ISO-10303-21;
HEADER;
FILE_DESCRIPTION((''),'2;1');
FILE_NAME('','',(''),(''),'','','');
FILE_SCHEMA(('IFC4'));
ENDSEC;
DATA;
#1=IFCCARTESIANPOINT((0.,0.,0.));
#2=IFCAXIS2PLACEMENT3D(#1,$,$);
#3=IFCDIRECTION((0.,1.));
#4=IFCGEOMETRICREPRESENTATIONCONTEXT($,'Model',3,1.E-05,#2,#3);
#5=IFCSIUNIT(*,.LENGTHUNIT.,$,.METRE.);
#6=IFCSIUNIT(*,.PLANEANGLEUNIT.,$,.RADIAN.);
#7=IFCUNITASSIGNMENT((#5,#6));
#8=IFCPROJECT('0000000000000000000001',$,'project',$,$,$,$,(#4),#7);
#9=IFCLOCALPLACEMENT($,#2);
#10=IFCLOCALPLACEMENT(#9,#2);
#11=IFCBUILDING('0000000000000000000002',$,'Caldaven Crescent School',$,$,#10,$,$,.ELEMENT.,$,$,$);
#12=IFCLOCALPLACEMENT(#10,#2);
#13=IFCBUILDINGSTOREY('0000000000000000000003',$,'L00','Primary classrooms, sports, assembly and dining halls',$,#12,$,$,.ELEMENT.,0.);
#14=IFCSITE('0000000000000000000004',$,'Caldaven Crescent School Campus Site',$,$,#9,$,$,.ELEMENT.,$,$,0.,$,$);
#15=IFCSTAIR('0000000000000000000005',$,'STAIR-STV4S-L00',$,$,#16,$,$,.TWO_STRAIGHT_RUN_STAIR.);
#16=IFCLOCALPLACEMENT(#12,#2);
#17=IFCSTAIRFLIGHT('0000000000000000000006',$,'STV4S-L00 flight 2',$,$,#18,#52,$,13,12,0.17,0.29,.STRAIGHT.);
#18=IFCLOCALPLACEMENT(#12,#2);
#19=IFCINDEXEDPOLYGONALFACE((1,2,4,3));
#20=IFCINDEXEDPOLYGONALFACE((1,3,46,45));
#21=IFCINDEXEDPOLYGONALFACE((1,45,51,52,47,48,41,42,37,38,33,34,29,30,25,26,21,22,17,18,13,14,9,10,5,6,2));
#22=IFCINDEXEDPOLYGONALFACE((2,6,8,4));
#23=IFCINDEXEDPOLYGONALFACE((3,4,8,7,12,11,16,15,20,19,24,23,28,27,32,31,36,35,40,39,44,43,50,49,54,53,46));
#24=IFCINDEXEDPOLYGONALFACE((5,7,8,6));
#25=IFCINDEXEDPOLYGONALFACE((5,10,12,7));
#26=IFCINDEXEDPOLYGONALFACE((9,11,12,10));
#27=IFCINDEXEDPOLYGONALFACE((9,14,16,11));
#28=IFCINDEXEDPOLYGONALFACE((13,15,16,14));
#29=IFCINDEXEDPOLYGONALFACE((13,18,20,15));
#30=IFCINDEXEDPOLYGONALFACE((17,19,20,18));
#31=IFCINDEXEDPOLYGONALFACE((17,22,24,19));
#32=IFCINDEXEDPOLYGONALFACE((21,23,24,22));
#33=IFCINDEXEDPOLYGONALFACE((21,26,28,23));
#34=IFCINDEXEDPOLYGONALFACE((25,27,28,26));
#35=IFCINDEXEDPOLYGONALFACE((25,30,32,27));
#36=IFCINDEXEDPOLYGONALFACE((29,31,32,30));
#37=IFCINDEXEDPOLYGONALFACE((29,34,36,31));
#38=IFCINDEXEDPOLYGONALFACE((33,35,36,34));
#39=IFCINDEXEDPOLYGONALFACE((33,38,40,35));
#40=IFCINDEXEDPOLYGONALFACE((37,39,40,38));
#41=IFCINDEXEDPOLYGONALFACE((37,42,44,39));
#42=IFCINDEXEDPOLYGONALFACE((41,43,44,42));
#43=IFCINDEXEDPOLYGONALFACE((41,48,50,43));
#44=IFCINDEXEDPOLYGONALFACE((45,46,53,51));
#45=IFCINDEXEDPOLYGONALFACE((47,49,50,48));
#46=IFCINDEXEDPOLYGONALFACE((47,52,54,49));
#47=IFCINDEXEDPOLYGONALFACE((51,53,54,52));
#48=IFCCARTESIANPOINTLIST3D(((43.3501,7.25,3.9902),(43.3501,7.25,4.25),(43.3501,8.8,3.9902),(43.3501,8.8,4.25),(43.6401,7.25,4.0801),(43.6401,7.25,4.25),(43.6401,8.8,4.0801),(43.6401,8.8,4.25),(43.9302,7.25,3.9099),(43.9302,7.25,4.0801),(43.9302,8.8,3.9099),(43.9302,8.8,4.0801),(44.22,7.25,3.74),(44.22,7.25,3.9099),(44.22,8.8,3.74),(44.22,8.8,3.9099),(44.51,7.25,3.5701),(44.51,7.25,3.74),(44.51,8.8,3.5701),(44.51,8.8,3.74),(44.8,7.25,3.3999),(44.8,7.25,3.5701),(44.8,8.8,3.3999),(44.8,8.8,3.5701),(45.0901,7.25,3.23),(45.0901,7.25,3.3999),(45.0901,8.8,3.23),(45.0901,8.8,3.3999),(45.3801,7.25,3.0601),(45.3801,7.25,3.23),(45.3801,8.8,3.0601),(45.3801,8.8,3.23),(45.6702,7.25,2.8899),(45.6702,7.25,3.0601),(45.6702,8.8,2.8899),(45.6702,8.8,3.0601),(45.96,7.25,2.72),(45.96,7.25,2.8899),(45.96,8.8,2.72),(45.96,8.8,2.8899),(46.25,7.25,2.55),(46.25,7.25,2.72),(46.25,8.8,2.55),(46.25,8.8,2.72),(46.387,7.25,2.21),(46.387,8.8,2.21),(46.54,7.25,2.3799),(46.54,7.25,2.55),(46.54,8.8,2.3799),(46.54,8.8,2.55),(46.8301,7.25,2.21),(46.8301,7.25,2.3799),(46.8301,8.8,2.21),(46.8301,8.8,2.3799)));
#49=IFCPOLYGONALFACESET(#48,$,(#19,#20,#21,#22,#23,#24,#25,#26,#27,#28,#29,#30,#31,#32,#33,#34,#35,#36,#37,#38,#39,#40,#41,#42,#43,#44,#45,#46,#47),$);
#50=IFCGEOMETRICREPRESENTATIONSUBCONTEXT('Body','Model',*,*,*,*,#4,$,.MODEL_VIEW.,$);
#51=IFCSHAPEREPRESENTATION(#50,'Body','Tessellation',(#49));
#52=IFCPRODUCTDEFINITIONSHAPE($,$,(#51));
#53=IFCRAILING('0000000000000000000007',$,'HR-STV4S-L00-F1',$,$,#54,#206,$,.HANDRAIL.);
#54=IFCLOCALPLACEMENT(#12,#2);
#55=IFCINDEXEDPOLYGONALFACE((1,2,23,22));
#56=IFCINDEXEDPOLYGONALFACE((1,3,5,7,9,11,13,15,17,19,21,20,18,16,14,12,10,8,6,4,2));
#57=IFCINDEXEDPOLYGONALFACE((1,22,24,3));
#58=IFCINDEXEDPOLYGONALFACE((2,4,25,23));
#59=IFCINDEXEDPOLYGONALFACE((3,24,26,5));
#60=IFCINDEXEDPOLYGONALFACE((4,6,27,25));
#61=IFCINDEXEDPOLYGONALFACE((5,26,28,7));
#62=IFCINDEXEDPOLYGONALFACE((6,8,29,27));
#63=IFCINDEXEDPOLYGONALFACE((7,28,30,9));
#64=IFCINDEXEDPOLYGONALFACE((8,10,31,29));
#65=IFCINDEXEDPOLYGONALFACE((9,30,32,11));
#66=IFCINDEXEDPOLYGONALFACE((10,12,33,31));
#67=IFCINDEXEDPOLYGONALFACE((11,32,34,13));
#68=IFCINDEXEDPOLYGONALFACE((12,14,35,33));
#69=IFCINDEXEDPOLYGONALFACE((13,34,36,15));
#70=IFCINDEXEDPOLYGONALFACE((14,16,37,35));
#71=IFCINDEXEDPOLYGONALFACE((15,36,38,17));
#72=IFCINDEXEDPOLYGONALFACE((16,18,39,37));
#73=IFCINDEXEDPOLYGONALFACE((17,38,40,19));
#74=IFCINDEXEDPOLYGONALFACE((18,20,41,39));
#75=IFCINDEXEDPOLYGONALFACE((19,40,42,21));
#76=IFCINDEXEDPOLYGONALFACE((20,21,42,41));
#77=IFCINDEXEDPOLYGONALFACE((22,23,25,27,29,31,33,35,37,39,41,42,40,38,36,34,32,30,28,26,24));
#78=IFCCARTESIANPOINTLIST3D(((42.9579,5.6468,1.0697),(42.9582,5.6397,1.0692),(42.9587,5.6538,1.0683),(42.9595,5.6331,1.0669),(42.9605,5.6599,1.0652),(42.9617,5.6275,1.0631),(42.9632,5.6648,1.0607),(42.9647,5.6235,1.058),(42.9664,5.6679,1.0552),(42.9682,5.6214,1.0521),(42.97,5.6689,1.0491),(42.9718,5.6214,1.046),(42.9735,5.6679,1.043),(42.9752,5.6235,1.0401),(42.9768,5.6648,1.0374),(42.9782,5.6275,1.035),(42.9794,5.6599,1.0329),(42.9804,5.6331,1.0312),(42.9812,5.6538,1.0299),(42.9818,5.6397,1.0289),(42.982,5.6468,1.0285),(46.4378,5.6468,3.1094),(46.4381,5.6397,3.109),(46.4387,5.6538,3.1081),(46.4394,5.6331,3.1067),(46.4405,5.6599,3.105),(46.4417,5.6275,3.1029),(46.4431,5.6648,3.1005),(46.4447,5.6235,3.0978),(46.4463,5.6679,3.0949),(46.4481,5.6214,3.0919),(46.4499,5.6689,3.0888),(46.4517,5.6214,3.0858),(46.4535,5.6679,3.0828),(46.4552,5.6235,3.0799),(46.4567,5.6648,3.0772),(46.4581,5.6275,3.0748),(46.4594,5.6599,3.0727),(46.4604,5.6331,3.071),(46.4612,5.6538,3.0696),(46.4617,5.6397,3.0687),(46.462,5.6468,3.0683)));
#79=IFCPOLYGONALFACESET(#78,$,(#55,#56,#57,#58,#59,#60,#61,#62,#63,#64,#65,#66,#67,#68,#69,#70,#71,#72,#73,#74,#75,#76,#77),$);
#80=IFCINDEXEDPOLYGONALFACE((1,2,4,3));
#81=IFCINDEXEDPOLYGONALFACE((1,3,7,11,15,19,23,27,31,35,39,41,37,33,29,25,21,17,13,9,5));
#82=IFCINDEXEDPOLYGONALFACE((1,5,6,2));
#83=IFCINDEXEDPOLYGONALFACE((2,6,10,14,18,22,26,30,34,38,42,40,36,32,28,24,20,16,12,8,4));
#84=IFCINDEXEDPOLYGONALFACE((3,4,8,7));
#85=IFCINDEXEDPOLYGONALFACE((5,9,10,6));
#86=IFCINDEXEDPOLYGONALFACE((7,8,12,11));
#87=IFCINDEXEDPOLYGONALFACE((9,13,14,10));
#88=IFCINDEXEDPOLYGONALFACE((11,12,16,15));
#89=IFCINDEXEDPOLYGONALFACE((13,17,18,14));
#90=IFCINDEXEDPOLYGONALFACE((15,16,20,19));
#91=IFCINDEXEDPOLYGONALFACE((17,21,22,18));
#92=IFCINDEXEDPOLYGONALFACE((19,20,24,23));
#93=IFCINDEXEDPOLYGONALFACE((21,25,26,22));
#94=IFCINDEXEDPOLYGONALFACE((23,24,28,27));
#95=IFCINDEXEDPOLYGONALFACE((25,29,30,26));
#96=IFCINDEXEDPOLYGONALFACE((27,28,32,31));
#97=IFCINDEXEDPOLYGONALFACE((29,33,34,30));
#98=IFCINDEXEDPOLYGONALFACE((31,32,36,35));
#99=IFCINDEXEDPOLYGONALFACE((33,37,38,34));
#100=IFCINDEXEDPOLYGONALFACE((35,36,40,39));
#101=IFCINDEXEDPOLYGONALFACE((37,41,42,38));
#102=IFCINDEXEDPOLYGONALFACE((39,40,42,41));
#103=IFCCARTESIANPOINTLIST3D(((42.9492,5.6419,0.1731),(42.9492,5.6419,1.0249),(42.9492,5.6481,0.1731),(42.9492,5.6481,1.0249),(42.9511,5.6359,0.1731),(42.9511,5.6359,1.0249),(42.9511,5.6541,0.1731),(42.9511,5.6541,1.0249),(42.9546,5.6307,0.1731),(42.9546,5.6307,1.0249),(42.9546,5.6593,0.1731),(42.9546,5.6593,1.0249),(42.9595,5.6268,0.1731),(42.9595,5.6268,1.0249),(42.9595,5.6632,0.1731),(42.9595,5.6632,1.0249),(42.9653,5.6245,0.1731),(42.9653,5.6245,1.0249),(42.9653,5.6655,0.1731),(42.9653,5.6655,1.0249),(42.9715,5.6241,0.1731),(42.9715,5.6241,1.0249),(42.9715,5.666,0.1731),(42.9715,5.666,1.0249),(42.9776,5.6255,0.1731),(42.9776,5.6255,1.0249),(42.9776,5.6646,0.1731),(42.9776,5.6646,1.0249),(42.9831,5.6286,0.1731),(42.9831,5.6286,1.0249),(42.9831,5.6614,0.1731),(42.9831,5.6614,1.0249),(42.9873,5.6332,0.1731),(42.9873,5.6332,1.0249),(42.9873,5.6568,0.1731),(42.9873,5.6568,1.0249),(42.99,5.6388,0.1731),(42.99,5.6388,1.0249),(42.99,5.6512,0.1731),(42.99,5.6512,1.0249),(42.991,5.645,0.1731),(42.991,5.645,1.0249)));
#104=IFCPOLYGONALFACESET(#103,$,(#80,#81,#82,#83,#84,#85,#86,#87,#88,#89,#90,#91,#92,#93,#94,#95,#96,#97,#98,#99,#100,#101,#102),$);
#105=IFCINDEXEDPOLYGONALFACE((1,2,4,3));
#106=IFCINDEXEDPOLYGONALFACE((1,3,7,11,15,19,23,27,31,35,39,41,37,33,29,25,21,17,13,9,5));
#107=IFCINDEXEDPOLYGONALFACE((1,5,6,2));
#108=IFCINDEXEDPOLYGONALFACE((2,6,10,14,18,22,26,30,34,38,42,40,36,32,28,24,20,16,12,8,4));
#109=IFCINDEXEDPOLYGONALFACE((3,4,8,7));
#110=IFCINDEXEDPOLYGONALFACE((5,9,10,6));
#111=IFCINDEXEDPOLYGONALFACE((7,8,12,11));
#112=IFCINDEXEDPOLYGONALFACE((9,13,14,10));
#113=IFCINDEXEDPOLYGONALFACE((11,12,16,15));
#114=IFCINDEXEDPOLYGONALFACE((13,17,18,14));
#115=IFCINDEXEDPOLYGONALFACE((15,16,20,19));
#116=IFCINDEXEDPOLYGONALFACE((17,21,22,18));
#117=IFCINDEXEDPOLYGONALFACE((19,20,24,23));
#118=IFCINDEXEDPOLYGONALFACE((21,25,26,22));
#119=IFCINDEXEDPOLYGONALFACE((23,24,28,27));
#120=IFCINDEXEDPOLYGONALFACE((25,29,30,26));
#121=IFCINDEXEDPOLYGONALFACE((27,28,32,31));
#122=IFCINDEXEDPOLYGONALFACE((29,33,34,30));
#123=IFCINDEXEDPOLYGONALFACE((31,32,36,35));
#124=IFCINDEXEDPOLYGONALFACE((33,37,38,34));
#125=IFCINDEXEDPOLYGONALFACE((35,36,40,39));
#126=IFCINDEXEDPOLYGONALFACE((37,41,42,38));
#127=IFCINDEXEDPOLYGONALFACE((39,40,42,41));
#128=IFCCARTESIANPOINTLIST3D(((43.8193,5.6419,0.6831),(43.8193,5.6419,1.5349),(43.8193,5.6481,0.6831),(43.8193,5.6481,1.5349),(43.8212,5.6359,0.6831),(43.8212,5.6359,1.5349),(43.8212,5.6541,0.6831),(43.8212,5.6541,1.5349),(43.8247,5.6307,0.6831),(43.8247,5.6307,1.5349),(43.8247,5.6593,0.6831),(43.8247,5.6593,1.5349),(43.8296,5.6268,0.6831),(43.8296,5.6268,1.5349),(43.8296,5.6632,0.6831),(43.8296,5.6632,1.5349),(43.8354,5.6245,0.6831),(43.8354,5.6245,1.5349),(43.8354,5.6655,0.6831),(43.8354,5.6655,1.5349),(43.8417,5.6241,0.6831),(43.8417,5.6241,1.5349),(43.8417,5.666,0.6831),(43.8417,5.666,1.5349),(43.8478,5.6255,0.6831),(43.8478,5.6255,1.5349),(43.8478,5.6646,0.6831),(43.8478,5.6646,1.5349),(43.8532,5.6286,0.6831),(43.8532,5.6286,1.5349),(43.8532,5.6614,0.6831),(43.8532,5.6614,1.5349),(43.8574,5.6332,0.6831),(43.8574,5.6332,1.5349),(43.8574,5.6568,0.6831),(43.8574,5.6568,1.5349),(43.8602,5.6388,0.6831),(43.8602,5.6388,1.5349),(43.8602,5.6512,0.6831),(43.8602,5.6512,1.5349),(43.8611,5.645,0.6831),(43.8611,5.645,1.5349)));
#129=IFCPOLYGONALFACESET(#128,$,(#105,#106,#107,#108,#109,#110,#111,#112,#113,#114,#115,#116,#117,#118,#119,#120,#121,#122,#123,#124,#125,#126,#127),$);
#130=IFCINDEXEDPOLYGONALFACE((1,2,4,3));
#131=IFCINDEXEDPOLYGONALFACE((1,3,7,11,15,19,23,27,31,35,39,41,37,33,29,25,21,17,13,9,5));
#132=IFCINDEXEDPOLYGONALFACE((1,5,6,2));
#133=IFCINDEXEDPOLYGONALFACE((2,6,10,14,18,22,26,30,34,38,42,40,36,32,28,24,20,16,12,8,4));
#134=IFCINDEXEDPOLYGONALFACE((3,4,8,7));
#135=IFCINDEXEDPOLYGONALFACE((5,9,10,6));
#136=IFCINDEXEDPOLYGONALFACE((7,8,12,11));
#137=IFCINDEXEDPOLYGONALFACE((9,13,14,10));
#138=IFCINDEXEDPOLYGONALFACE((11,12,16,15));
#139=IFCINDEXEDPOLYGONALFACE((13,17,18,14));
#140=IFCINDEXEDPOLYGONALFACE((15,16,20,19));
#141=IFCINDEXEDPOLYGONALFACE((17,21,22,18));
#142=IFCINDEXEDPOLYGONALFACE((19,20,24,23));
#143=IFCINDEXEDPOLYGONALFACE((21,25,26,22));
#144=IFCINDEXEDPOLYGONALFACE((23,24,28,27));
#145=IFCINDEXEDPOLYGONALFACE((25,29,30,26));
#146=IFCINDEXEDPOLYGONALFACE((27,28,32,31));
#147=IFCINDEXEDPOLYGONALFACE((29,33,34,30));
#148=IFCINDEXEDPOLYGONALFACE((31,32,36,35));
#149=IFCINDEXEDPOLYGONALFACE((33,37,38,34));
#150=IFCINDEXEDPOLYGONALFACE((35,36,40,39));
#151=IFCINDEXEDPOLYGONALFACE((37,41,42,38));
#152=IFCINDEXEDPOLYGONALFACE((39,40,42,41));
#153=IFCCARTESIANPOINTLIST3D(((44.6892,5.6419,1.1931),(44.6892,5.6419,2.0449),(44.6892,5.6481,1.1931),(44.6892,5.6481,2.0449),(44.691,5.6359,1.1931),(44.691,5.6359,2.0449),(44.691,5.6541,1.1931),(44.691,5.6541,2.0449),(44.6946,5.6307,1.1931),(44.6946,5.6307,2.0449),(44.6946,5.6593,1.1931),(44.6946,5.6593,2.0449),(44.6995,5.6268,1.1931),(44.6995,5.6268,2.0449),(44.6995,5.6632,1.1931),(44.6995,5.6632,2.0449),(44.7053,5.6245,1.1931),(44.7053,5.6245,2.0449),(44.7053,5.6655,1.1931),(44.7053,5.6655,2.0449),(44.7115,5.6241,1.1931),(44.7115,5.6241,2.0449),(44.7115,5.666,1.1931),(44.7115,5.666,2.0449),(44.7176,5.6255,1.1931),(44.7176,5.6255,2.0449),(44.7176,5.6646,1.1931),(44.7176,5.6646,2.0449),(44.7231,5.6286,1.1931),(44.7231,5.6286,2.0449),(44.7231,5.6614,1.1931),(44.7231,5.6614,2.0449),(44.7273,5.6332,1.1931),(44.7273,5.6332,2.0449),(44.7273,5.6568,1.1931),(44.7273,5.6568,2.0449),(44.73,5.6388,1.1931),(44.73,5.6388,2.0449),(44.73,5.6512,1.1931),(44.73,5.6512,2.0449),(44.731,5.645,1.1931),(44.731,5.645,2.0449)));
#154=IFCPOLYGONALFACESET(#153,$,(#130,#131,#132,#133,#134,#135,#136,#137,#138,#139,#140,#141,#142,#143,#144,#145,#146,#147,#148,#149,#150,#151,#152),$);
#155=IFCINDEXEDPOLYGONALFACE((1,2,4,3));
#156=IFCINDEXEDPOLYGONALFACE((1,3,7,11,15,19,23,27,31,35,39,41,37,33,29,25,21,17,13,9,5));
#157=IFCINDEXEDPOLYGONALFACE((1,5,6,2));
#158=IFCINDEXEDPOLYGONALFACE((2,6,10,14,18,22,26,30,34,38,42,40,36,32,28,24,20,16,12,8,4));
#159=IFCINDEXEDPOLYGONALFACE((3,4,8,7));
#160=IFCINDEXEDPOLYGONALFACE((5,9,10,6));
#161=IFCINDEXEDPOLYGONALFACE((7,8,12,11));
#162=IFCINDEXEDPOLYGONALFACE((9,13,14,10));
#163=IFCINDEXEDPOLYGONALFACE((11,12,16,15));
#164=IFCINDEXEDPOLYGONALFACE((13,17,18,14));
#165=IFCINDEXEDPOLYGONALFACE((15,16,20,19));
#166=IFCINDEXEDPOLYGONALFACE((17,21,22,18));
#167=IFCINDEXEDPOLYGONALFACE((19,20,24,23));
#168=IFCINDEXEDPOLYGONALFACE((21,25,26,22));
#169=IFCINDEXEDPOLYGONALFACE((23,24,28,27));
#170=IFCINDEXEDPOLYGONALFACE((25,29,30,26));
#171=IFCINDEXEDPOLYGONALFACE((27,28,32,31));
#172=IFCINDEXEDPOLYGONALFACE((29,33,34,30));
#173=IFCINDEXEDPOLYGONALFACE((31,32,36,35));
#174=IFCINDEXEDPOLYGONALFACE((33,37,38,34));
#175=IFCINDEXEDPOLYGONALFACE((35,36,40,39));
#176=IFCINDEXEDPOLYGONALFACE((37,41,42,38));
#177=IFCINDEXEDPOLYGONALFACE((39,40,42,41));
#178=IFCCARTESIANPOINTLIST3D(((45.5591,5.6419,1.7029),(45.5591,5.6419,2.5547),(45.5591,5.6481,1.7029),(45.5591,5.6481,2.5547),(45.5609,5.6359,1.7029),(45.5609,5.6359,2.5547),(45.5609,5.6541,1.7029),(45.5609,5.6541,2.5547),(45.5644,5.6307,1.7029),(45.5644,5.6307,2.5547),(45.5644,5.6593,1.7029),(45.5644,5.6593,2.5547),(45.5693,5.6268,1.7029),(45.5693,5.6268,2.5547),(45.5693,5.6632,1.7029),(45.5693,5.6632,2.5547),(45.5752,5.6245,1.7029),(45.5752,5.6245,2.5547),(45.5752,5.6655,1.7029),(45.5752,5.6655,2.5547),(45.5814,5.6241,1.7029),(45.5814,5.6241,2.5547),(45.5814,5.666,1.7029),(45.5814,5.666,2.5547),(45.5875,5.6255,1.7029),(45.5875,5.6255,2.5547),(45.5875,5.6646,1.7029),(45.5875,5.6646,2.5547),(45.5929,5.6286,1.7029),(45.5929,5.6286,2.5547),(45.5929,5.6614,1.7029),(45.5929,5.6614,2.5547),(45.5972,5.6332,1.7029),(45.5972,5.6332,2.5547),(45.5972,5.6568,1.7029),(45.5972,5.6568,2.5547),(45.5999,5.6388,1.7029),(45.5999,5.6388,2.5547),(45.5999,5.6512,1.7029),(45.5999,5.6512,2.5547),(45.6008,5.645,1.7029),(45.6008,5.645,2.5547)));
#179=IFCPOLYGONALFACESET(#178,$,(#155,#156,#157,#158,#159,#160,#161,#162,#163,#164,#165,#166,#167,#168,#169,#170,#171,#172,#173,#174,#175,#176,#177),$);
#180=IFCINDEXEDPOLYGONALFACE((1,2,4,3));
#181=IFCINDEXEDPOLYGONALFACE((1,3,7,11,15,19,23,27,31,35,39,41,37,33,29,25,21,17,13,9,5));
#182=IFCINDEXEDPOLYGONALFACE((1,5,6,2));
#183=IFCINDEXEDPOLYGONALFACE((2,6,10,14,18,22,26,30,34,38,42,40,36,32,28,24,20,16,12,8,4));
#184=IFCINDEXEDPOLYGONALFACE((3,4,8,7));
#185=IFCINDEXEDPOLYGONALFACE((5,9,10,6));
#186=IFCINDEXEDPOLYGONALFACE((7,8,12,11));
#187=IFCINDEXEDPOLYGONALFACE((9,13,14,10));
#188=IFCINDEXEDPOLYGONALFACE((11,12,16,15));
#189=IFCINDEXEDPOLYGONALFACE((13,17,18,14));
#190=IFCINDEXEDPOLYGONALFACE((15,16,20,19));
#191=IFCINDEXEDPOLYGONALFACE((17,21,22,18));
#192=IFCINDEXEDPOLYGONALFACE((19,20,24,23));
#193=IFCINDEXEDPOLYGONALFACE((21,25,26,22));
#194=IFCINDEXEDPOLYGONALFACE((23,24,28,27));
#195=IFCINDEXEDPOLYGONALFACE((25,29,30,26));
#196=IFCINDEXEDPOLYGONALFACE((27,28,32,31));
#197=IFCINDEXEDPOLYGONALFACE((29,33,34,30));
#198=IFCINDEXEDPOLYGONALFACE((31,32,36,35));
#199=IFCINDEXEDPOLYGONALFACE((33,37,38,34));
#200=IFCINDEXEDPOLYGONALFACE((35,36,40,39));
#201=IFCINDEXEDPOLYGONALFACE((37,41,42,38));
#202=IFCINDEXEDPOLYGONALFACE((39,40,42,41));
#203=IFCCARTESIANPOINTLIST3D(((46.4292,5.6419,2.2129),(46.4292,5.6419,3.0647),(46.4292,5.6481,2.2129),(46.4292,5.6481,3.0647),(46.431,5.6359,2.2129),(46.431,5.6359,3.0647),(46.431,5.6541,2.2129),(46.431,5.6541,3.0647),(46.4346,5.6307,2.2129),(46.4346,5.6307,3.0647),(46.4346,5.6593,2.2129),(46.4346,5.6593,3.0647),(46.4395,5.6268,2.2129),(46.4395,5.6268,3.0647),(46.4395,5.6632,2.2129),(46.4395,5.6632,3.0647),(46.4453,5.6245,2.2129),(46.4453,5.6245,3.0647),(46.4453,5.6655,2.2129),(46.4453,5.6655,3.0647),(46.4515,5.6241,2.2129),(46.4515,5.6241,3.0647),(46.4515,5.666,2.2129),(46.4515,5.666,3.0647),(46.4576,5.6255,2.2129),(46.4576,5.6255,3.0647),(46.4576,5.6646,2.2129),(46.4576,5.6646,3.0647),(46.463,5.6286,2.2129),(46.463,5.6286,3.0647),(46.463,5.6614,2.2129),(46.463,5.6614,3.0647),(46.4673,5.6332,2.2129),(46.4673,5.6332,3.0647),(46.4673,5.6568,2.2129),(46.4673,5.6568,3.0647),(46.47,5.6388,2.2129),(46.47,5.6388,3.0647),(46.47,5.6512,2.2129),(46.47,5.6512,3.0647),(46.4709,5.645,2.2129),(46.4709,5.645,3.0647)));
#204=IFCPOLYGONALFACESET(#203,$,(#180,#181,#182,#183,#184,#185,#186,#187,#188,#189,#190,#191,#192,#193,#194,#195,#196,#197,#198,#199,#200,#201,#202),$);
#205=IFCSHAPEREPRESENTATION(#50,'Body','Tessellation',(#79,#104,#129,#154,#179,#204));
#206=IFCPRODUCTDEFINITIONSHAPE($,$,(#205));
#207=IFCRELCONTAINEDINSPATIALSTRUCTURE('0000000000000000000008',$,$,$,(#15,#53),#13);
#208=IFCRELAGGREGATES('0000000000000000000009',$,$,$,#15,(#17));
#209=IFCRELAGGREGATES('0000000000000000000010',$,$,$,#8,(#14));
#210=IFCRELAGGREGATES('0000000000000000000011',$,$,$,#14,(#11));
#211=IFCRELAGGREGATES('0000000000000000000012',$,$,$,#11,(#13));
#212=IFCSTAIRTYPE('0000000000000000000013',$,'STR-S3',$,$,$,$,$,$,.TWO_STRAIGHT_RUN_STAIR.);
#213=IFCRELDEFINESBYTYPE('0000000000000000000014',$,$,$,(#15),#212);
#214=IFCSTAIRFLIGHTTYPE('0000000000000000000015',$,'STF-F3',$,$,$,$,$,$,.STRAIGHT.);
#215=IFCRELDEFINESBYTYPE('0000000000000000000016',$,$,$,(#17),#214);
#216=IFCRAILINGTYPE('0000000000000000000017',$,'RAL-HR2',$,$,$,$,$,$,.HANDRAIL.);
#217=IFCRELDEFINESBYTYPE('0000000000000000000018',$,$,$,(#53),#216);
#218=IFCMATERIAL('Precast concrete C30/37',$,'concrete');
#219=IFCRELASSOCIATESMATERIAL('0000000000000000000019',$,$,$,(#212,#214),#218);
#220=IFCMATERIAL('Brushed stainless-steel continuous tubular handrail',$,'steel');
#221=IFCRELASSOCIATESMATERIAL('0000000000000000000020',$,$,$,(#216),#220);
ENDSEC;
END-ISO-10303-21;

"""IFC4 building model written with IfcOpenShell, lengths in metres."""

from ifc_helpers import new_model, si_unit, direction, frame, origin, origin_2d, place, context, subcontext, project, spatial, polyline, circle, outline, extrude, material, type_object, element, aggregate, save


model = new_model("IFC4")

# Units and contexts
model_context = context("Model", 3, precision=1e-05, world=origin(), true_north=direction((0.0, 1.0)))
body_context = subcontext(model_context, "Body", "Model", "MODEL_VIEW")
ifc_project = project(units=[si_unit("LENGTHUNIT", "METRE"), si_unit("PLANEANGLEUNIT", "RADIAN")], contexts=[model_context])

# Site, building, storey
site_placement = place(None, origin())
site = spatial("IfcSite", under=ifc_project, at=site_placement, Name="Caldaven Crescent School Campus Site", CompositionType="ELEMENT", RefElevation=0.0)
building_placement = place(site_placement, origin())
building = spatial("IfcBuilding", under=site, at=building_placement, Name="Caldaven Crescent School", CompositionType="ELEMENT")
storey_placement = place(building_placement, origin())
storey = spatial("IfcBuildingStorey", under=building, at=storey_placement, Name="L00", Description="Primary classrooms, sports, assembly and dining halls", CompositionType="ELEMENT", Elevation=0.0)

# Stair, stair flight
ifc_material_1 = material(Name="Precast concrete C30/37", Category="concrete")
stair_type = type_object("IfcStairType", Name="STR-S3", PredefinedType="TWO_STRAIGHT_RUN_STAIR", material=ifc_material_1)
stair_placement = place(storey_placement, origin())
stair = element("IfcStair", 1, at=stair_placement, inside=storey, type_object=stair_type, Name="STAIR-STV4S-L00", PredefinedType="TWO_STRAIGHT_RUN_STAIR")
stair_flight_type = type_object("IfcStairFlightType", Name="STF-F3", PredefinedType="STRAIGHT", material=ifc_material_1)
stair_flight_1_placement = place(storey_placement, frame((46.8301, 8.0249, 2.21), z_axis=(0.0, 0.0, 1.0), x_axis=(-1.0, 0.0, 0.0)))
stair_flight_1 = element("IfcStairFlight", 2, at=stair_flight_1_placement, type_object=stair_flight_type, Name="STV4S-L00 flight 2", NumberOfRisers=13, NumberOfTreads=12, PredefinedType="STRAIGHT", RiserHeight=0.17, TreadLength=0.29, context=body_context, shape_type="SweptSolid", body=[
    extrude(outline(polyline([(0.0, 0.0), (0.0, 0.1699), (0.29, 0.1699), (0.29, 0.3401), (0.5801, 0.3401), (0.5801, 0.51), (0.8701, 0.51), (0.8701, 0.6799), (1.1599, 0.6799), (1.1599, 0.8501), (1.45, 0.8501), (1.45, 1.02), (1.74, 1.02), (1.74, 1.1899), (2.03, 1.1899), (2.03, 1.3601), (2.3201, 1.3601), (2.3201, 1.53), (2.6101, 1.53), (2.6101, 1.7), (2.8999, 1.7), (2.8999, 1.8701), (3.1899, 1.8701), (3.1899, 2.04), (3.48, 2.04), (3.48, 2.21), (3.48, 1.7803), (0.4431, 0.0), (0.0, 0.0)])), frame((0.0, 0.7749, 0.0), z_axis=(0.0, -1.0, 0.0), x_axis=(1.0, 0.0, 0.0)), (0.0, 0.0, 1.0), 1.55),
])
aggregate(stair, [stair_flight_1])

# Railing
ifc_material_2 = material(Name="Brushed stainless-steel continuous tubular handrail", Category="steel")
railing_type_1 = type_object("IfcRailingType", Name="RAL-HR2", PredefinedType="HANDRAIL", material=ifc_material_2)
railing_1_placement = place(storey_placement, frame((42.97, 5.645, 0.1731)))
element("IfcRailing", 3, at=railing_1_placement, inside=storey, type_object=railing_type_1, Name="HR-STV4S-L00-F1", PredefinedType="HANDRAIL", context=body_context, shape_type="SweptSolid", body=[
    extrude(circle(Radius=0.0239, at=origin_2d()), frame((0.0, 0.0, 0.876), z_axis=(0.862719, 0.0, 0.505684), x_axis=(0.0, 1.0, 0.0)), (0.0, 0.0, 1.0), 4.0337),
    extrude(circle(Radius=0.021, at=origin_2d()), origin(), (0.0, 0.0, 1.0), 0.8518),
    extrude(circle(Radius=0.021, at=origin_2d()), frame((0.8701, 0.0, 0.51)), (0.0, 0.0, 1.0), 0.8518),
    extrude(circle(Radius=0.021, at=origin_2d()), frame((1.74, 0.0, 1.02)), (0.0, 0.0, 1.0), 0.8518),
    extrude(circle(Radius=0.021, at=origin_2d()), frame((2.6099, 0.0, 1.5298)), (0.0, 0.0, 1.0), 0.8518),
    extrude(circle(Radius=0.021, at=origin_2d()), frame((3.48, 0.0, 2.0398)), (0.0, 0.0, 1.0), 0.8518),
])

save(model, "model.ifc")
